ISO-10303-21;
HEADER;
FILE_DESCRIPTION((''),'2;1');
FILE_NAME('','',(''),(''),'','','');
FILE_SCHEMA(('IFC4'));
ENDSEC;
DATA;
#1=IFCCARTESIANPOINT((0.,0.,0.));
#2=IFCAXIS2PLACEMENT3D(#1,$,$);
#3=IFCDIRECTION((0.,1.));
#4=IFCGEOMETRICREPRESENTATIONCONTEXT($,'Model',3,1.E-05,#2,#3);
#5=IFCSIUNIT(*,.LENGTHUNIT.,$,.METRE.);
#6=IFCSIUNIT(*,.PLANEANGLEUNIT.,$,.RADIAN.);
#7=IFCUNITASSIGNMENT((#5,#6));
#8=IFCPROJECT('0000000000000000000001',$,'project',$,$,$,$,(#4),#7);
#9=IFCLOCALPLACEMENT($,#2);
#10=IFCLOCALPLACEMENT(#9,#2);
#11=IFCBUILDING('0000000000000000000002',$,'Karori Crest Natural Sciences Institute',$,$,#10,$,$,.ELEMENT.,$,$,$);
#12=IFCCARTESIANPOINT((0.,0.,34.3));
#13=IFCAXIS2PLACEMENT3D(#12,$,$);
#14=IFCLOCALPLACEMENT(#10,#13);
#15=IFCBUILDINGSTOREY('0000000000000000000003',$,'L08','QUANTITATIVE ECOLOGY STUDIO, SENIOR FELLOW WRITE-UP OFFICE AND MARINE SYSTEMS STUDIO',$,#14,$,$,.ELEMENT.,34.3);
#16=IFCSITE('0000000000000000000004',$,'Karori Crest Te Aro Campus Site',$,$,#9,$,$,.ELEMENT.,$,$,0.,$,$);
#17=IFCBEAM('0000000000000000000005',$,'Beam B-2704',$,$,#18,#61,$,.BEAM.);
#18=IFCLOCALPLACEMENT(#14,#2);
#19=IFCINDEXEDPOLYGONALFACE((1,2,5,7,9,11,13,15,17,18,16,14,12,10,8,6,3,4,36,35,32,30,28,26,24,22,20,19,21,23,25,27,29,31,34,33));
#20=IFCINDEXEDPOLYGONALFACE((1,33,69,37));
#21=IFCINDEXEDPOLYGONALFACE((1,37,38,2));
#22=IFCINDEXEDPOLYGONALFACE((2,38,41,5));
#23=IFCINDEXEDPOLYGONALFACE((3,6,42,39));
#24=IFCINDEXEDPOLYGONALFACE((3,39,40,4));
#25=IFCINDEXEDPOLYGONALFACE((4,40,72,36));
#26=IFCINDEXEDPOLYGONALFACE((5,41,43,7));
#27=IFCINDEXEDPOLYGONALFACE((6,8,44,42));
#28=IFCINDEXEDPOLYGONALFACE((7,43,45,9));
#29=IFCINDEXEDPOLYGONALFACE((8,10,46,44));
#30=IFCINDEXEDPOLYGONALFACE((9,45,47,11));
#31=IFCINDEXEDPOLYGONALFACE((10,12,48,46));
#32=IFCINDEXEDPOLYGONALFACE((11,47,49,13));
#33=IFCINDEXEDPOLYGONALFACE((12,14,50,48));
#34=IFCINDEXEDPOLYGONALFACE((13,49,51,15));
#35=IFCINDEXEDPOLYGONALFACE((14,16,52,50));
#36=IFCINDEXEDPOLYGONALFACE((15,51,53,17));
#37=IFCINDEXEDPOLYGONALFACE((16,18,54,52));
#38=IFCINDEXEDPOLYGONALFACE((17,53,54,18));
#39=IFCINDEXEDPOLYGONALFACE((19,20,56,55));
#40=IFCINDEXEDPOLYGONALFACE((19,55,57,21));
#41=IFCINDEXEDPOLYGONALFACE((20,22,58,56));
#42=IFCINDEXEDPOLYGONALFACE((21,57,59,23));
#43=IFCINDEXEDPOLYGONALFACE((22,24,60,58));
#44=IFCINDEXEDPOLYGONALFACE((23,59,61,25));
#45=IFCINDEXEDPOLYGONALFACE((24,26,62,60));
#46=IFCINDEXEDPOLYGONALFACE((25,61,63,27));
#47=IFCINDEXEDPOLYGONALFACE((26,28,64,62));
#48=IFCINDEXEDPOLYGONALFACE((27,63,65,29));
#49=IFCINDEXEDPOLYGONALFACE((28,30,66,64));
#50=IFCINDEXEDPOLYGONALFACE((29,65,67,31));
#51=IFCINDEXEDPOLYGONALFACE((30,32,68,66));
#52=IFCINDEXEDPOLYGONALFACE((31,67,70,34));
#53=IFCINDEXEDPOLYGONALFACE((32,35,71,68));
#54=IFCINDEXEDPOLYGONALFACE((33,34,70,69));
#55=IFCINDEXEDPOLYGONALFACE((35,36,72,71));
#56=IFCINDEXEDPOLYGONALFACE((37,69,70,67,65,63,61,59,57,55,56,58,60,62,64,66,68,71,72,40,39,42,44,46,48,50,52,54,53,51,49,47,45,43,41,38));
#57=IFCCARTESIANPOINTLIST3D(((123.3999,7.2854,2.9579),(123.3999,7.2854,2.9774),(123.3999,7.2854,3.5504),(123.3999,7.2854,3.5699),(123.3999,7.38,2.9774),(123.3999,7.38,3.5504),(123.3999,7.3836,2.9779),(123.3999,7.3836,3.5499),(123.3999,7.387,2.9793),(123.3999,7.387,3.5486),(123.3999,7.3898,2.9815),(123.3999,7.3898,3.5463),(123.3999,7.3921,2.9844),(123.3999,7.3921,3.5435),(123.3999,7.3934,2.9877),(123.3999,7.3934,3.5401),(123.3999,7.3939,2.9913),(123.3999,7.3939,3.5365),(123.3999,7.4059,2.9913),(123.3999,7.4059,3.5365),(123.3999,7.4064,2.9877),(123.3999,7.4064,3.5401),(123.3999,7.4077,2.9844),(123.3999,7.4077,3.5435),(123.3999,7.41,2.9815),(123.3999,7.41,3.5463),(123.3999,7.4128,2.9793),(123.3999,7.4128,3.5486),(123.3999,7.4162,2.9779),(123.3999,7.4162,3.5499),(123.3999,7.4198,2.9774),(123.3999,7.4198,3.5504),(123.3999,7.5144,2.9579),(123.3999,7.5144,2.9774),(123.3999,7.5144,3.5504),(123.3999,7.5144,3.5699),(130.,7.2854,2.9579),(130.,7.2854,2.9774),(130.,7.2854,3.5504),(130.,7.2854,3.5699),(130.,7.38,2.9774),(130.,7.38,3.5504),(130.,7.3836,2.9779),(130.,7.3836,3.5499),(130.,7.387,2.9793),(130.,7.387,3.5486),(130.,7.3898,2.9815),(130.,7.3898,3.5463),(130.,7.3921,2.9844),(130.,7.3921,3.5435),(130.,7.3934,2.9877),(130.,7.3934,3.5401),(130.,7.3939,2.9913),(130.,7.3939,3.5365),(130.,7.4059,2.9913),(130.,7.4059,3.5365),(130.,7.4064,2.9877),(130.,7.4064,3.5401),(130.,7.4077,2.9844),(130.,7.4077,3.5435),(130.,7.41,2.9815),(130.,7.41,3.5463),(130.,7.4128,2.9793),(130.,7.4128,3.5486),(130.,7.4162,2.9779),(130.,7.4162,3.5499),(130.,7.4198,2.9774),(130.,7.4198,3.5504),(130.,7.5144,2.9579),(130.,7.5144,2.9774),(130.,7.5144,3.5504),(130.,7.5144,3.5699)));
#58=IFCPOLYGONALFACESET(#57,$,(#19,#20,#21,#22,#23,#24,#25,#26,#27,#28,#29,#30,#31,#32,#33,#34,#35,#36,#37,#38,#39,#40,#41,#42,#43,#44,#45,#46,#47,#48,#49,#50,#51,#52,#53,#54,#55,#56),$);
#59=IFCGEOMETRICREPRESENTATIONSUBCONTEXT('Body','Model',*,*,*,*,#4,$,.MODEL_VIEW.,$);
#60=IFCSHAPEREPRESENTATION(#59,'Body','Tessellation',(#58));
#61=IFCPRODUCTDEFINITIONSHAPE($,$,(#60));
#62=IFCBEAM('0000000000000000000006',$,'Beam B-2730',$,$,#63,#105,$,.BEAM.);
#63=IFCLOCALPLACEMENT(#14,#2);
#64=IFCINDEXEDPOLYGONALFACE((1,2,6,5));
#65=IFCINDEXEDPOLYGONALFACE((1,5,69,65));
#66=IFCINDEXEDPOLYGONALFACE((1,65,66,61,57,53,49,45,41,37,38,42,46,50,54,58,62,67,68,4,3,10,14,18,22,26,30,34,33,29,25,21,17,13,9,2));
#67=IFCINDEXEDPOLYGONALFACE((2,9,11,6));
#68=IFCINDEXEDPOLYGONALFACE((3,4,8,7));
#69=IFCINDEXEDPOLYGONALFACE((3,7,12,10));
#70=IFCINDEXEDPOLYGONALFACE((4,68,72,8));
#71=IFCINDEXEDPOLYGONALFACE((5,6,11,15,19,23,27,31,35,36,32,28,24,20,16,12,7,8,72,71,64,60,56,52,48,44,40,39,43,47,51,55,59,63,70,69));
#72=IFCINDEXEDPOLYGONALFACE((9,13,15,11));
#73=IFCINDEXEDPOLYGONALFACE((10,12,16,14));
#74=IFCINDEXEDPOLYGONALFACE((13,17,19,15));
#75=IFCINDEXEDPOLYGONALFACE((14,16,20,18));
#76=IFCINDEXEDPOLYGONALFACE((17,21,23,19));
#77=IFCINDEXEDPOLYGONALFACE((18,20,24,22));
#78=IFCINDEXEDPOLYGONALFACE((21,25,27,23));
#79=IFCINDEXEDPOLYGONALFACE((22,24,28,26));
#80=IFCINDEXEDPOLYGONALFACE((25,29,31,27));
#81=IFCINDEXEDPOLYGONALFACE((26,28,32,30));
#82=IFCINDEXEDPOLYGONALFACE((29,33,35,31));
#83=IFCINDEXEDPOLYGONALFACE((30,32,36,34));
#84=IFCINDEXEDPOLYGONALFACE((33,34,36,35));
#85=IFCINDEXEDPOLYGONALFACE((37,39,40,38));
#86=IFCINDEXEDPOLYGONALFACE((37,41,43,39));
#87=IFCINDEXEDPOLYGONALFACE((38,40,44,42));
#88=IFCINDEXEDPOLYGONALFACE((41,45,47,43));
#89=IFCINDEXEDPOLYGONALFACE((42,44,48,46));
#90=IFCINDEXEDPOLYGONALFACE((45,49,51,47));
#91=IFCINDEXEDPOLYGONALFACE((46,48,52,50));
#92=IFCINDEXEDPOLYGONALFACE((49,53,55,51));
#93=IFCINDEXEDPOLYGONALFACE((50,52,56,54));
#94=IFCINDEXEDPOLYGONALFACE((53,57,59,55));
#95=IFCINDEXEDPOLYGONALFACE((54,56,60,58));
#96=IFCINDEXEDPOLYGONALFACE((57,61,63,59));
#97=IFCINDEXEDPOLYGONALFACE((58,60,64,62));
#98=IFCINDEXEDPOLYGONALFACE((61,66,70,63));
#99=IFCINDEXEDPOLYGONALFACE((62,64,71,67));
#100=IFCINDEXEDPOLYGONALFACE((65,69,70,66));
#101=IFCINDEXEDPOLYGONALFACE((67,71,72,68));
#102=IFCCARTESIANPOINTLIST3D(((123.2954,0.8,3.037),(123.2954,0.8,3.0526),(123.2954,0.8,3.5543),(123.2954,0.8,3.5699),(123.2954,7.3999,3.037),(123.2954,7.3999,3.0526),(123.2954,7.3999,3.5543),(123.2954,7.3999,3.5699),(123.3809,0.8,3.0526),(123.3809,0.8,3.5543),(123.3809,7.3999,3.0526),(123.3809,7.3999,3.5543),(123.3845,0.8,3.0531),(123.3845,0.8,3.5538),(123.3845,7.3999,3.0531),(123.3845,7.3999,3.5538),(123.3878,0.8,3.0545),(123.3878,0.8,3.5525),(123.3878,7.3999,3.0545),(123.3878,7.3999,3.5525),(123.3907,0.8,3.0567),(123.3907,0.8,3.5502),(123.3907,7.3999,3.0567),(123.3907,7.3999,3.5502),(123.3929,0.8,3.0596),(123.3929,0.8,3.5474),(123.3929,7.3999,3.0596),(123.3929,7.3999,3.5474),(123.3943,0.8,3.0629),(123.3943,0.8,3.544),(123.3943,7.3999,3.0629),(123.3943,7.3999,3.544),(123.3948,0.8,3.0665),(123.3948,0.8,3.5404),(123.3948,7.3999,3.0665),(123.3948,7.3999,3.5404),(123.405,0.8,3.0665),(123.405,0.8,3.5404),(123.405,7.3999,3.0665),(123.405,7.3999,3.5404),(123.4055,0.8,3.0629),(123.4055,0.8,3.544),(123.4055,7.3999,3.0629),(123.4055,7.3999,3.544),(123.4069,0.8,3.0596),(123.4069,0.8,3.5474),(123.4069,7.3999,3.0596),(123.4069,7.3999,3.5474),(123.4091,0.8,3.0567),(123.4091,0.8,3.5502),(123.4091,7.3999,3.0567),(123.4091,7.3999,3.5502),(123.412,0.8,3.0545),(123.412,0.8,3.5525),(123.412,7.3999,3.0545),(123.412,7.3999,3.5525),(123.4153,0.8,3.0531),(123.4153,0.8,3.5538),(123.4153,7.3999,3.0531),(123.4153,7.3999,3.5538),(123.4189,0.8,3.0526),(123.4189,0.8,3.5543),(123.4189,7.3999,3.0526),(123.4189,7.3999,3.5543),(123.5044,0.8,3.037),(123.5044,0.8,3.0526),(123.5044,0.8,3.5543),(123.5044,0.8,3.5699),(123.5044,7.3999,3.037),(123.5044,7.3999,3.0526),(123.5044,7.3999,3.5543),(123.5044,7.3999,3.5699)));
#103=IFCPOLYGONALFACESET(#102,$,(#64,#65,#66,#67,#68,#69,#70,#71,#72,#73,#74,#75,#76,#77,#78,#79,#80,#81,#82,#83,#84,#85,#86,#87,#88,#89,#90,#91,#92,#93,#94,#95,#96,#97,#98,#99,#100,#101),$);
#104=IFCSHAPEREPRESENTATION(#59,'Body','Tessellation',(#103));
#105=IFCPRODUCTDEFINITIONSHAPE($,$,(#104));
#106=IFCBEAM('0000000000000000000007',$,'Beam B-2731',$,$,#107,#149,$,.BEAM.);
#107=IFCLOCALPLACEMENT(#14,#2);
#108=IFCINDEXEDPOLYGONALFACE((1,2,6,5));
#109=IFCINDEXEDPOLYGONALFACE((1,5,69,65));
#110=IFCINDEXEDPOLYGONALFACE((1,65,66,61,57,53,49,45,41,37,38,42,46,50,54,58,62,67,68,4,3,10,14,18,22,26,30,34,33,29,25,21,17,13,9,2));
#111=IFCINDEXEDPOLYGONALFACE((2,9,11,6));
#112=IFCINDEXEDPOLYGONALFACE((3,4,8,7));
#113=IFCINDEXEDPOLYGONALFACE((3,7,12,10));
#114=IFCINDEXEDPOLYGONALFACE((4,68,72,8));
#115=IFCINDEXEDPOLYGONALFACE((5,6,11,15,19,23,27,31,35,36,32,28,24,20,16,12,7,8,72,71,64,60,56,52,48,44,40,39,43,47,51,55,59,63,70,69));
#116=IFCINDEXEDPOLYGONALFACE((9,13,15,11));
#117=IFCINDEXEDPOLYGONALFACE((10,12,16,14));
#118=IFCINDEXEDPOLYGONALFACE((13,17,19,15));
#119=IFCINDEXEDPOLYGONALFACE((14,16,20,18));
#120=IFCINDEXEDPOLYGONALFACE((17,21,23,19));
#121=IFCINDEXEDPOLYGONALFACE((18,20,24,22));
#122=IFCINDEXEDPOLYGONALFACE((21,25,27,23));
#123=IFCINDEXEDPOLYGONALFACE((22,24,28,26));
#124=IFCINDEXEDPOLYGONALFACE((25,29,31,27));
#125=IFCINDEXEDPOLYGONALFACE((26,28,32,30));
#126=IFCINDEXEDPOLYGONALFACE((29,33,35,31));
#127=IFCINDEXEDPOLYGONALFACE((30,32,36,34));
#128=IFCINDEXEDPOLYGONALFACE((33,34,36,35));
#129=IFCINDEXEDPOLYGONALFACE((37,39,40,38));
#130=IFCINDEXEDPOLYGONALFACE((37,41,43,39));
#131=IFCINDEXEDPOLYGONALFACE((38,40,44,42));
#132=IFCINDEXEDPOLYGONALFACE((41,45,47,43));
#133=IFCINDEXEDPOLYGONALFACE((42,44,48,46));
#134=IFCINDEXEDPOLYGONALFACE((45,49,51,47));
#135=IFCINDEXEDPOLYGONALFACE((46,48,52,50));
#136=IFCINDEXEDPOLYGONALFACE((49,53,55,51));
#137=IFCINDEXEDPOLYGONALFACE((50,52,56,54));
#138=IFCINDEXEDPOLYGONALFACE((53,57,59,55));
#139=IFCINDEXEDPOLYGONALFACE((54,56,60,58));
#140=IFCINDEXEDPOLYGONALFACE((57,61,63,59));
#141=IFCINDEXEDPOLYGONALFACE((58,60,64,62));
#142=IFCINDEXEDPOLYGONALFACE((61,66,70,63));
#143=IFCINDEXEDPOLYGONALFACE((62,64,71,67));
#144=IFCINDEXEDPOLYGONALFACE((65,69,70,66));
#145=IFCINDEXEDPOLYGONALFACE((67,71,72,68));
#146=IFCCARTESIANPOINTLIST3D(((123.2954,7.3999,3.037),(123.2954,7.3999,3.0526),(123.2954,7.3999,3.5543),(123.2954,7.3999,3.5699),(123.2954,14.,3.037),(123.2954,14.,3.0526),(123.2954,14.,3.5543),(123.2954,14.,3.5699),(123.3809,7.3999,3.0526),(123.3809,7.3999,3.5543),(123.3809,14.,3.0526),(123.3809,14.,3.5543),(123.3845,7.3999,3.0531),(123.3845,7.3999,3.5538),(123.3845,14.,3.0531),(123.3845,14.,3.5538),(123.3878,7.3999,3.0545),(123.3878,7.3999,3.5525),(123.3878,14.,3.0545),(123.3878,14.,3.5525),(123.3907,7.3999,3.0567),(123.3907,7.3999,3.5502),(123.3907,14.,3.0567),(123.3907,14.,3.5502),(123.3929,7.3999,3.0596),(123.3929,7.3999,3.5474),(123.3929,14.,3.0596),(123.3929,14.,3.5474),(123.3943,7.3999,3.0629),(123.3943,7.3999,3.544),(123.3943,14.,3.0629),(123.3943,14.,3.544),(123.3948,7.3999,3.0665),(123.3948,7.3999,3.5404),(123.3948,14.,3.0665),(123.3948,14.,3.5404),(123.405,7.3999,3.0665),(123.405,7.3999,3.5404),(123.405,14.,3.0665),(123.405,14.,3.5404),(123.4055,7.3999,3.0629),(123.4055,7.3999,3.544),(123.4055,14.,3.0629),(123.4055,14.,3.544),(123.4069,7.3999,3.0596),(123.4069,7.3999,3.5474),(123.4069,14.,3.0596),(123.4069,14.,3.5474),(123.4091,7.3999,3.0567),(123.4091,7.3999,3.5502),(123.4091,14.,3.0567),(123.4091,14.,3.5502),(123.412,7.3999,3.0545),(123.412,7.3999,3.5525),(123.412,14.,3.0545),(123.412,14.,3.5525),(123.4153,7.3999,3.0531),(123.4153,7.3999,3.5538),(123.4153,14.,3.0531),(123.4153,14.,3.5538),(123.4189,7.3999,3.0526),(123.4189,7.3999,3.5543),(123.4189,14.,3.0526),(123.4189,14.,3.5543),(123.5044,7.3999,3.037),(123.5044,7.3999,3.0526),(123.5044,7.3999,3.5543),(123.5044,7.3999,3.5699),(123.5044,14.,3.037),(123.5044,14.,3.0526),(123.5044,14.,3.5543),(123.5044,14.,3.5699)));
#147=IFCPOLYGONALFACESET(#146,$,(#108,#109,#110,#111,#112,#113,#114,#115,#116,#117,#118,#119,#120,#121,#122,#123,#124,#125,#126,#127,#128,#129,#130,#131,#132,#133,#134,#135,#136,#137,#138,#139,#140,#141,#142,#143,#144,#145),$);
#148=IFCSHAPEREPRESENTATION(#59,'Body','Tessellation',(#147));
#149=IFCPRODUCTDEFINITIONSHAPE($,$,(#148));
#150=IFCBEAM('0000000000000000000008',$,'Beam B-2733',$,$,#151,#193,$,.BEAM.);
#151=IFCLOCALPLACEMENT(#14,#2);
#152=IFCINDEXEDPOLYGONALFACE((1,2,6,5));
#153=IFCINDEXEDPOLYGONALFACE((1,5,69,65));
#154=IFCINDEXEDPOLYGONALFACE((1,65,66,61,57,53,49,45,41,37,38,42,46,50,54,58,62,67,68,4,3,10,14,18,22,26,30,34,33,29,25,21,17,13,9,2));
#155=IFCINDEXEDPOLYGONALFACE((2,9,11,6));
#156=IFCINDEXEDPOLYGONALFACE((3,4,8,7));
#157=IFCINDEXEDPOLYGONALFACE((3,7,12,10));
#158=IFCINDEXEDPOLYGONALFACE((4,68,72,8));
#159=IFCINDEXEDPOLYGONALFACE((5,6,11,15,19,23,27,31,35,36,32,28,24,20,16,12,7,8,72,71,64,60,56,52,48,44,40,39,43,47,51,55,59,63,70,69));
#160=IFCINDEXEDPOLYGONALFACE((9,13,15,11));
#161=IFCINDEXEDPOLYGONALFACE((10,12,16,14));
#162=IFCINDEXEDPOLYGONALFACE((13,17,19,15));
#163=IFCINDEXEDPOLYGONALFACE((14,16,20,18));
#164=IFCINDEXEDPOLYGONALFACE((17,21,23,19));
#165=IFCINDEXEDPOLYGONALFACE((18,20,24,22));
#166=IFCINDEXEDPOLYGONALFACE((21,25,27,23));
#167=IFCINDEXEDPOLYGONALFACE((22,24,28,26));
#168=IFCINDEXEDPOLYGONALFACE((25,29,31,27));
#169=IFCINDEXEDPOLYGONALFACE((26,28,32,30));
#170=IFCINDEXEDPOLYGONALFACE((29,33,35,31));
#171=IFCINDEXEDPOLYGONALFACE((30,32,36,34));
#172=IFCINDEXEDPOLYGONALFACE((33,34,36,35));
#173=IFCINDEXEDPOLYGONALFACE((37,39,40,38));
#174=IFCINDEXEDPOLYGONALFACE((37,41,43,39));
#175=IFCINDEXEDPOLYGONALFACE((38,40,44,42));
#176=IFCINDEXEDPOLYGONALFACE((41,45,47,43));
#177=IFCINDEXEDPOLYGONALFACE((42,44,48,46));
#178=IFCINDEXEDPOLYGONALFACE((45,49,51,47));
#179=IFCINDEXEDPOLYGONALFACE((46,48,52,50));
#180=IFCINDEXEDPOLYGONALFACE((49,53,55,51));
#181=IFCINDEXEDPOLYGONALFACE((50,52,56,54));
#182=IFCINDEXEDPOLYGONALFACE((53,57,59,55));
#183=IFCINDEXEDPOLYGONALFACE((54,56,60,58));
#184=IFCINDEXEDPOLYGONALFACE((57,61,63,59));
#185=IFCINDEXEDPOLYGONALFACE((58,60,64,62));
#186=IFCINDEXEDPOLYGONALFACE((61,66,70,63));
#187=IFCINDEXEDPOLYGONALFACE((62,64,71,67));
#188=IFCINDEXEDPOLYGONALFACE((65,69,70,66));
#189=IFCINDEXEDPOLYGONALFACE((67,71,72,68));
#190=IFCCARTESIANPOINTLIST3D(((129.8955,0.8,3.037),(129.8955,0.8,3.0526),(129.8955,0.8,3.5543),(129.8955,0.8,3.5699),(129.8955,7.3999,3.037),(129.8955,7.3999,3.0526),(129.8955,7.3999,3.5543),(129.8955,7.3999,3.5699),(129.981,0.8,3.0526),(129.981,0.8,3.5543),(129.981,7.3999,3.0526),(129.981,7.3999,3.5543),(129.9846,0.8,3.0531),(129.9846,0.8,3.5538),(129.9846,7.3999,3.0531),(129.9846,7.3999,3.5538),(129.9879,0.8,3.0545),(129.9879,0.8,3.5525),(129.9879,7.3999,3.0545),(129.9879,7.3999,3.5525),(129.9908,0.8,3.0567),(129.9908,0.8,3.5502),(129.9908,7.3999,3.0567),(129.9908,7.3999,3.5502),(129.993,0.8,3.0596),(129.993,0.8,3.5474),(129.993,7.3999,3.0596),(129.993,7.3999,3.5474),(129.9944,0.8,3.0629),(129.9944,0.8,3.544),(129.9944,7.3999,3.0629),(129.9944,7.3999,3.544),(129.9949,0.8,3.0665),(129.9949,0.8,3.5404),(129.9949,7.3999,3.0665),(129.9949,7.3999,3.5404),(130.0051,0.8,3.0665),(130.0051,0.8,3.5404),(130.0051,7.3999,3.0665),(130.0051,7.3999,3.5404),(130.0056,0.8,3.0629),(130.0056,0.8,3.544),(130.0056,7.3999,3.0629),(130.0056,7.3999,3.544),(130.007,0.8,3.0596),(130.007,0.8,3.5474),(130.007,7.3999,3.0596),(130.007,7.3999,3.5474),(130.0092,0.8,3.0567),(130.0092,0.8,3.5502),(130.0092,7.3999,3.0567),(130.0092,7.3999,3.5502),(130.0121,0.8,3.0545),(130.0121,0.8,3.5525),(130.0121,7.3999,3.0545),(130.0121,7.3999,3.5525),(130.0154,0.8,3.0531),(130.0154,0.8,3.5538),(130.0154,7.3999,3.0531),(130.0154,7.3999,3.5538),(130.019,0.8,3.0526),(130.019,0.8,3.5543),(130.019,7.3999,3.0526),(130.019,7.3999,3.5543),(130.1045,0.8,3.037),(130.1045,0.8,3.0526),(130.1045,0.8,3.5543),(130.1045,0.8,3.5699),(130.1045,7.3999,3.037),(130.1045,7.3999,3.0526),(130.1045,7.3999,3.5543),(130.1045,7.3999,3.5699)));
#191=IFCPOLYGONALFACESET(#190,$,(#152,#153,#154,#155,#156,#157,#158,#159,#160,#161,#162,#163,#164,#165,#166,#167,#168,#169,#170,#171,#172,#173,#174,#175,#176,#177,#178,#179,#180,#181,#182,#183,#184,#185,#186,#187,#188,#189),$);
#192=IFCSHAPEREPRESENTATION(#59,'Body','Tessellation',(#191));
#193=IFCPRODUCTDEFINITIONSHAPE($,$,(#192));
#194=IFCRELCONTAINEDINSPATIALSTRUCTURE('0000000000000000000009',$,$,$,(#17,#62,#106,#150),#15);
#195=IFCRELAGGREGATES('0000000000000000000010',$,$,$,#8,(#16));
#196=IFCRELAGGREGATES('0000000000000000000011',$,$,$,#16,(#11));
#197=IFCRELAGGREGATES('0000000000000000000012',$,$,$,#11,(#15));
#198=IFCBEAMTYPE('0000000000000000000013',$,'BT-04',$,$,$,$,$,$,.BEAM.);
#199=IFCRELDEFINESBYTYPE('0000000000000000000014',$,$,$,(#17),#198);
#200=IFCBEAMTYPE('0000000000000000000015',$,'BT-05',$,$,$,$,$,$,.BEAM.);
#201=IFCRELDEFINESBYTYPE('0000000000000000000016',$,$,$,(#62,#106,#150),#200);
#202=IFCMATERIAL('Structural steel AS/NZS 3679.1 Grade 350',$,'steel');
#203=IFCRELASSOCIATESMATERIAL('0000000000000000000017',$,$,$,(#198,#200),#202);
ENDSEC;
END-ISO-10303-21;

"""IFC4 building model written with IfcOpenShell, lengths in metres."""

from ifc_helpers import new_model, si_unit, direction, frame, origin, origin_2d, place, context, subcontext, project, spatial, i_section, extrude, material, material_profile, profile_set, type_object, element, save


model = new_model("IFC4")

# Units and contexts
model_context = context("Model", 3, precision=1e-05, world=origin(), true_north=direction((0.0, 1.0)))
body_context = subcontext(model_context, "Body", "Model", "MODEL_VIEW")
ifc_project = project(units=[si_unit("LENGTHUNIT", "METRE"), si_unit("PLANEANGLEUNIT", "RADIAN")], contexts=[model_context])

# Site, building, storey
site_placement = place(None, origin())
site = spatial("IfcSite", under=ifc_project, at=site_placement, Name="Karori Crest Te Aro Campus Site", CompositionType="ELEMENT", RefElevation=0.0)
building_placement = place(site_placement, origin())
building = spatial("IfcBuilding", under=site, at=building_placement, Name="Karori Crest Natural Sciences Institute", CompositionType="ELEMENT")
storey_placement = place(building_placement, frame((0.0, 0.0, 34.3)))
storey = spatial("IfcBuildingStorey", under=building, at=storey_placement, Name="L08", Description="QUANTITATIVE ECOLOGY STUDIO, SENIOR FELLOW WRITE-UP OFFICE AND MARINE SYSTEMS STUDIO", CompositionType="ELEMENT", Elevation=34.3)

# Shared definitions
ifc_material_1 = material(Name="Structural steel AS/NZS 3679.1 Grade 350", Category="steel")

# Beams
ifc_material_profile_1 = material_profile(ifc_material_1, i_section(OverallWidth=0.229, OverallDepth=0.6121, WebThickness=0.012, FlangeThickness=0.0195, FilletRadius=0.0139, at=origin_2d()), Name="610UB125")
ifc_profile_set_1 = profile_set([ifc_material_profile_1], Name="Structural steel AS/NZS 3679.1 Grade 350")
beam_type_1 = type_object("IfcBeamType", Name="BT-04", PredefinedType="BEAM", material=ifc_profile_set_1)
beam_1_placement = place(storey_placement, frame((123.3999, 7.3999, 3.2639), z_axis=(1.0, 0.0, 0.0), x_axis=(0.0, 1.0, 0.0)))
element("IfcBeam", 1, at=beam_1_placement, inside=storey, type_object=beam_type_1, Name="Beam B-2704", PredefinedType="BEAM", context=body_context, shape_type="SweptSolid", body=[
    extrude(i_section(OverallWidth=0.229, OverallDepth=0.6121, WebThickness=0.012, FlangeThickness=0.0195, FilletRadius=0.0139, at=origin_2d()), origin(), (0.0, 0.0, 1.0), 6.6001),
])
ifc_material_profile_2 = material_profile(ifc_material_1, i_section(OverallWidth=0.209, OverallDepth=0.533, WebThickness=0.0103, FlangeThickness=0.0156, FilletRadius=0.0139, at=origin_2d()), Name="530UB92.4")
ifc_profile_set_2 = profile_set([ifc_material_profile_2], Name="Structural steel AS/NZS 3679.1 Grade 350")
beam_type_2 = type_object("IfcBeamType", Name="BT-05", PredefinedType="BEAM", material=ifc_profile_set_2)
beam_2_placement = place(storey_placement, frame((123.3999, 0.8, 3.3035), z_axis=(0.0, 1.0, 0.0), x_axis=(-1.0, 0.0, 0.0)))
element("IfcBeam", 2, at=beam_2_placement, inside=storey, type_object=beam_type_2, Name="Beam B-2730", PredefinedType="BEAM", context=body_context, shape_type="SweptSolid", body=[
    extrude(i_section(OverallWidth=0.209, OverallDepth=0.533, WebThickness=0.0103, FlangeThickness=0.0156, FilletRadius=0.0139, at=origin_2d()), origin(), (0.0, 0.0, 1.0), 6.5999),
])
beam_3_placement = place(storey_placement, frame((123.3999, 7.3999, 3.3035), z_axis=(0.0, 1.0, 0.0), x_axis=(-1.0, 0.0, 0.0)))
element("IfcBeam", 3, at=beam_3_placement, inside=storey, type_object=beam_type_2, Name="Beam B-2731", PredefinedType="BEAM", context=body_context, shape_type="SweptSolid", body=[
    extrude(i_section(OverallWidth=0.209, OverallDepth=0.533, WebThickness=0.0103, FlangeThickness=0.0156, FilletRadius=0.0139, at=origin_2d()), origin(), (0.0, 0.0, 1.0), 6.6001),
])
beam_4_placement = place(storey_placement, frame((130.0, 0.8, 3.3035), z_axis=(0.0, 1.0, 0.0), x_axis=(-1.0, 0.0, 0.0)))
element("IfcBeam", 4, at=beam_4_placement, inside=storey, type_object=beam_type_2, Name="Beam B-2733", PredefinedType="BEAM", context=body_context, shape_type="SweptSolid", body=[
    extrude(i_section(OverallWidth=0.209, OverallDepth=0.533, WebThickness=0.0103, FlangeThickness=0.0156, FilletRadius=0.0139, at=origin_2d()), origin(), (0.0, 0.0, 1.0), 6.5999),
])

save(model, "model.ifc")
